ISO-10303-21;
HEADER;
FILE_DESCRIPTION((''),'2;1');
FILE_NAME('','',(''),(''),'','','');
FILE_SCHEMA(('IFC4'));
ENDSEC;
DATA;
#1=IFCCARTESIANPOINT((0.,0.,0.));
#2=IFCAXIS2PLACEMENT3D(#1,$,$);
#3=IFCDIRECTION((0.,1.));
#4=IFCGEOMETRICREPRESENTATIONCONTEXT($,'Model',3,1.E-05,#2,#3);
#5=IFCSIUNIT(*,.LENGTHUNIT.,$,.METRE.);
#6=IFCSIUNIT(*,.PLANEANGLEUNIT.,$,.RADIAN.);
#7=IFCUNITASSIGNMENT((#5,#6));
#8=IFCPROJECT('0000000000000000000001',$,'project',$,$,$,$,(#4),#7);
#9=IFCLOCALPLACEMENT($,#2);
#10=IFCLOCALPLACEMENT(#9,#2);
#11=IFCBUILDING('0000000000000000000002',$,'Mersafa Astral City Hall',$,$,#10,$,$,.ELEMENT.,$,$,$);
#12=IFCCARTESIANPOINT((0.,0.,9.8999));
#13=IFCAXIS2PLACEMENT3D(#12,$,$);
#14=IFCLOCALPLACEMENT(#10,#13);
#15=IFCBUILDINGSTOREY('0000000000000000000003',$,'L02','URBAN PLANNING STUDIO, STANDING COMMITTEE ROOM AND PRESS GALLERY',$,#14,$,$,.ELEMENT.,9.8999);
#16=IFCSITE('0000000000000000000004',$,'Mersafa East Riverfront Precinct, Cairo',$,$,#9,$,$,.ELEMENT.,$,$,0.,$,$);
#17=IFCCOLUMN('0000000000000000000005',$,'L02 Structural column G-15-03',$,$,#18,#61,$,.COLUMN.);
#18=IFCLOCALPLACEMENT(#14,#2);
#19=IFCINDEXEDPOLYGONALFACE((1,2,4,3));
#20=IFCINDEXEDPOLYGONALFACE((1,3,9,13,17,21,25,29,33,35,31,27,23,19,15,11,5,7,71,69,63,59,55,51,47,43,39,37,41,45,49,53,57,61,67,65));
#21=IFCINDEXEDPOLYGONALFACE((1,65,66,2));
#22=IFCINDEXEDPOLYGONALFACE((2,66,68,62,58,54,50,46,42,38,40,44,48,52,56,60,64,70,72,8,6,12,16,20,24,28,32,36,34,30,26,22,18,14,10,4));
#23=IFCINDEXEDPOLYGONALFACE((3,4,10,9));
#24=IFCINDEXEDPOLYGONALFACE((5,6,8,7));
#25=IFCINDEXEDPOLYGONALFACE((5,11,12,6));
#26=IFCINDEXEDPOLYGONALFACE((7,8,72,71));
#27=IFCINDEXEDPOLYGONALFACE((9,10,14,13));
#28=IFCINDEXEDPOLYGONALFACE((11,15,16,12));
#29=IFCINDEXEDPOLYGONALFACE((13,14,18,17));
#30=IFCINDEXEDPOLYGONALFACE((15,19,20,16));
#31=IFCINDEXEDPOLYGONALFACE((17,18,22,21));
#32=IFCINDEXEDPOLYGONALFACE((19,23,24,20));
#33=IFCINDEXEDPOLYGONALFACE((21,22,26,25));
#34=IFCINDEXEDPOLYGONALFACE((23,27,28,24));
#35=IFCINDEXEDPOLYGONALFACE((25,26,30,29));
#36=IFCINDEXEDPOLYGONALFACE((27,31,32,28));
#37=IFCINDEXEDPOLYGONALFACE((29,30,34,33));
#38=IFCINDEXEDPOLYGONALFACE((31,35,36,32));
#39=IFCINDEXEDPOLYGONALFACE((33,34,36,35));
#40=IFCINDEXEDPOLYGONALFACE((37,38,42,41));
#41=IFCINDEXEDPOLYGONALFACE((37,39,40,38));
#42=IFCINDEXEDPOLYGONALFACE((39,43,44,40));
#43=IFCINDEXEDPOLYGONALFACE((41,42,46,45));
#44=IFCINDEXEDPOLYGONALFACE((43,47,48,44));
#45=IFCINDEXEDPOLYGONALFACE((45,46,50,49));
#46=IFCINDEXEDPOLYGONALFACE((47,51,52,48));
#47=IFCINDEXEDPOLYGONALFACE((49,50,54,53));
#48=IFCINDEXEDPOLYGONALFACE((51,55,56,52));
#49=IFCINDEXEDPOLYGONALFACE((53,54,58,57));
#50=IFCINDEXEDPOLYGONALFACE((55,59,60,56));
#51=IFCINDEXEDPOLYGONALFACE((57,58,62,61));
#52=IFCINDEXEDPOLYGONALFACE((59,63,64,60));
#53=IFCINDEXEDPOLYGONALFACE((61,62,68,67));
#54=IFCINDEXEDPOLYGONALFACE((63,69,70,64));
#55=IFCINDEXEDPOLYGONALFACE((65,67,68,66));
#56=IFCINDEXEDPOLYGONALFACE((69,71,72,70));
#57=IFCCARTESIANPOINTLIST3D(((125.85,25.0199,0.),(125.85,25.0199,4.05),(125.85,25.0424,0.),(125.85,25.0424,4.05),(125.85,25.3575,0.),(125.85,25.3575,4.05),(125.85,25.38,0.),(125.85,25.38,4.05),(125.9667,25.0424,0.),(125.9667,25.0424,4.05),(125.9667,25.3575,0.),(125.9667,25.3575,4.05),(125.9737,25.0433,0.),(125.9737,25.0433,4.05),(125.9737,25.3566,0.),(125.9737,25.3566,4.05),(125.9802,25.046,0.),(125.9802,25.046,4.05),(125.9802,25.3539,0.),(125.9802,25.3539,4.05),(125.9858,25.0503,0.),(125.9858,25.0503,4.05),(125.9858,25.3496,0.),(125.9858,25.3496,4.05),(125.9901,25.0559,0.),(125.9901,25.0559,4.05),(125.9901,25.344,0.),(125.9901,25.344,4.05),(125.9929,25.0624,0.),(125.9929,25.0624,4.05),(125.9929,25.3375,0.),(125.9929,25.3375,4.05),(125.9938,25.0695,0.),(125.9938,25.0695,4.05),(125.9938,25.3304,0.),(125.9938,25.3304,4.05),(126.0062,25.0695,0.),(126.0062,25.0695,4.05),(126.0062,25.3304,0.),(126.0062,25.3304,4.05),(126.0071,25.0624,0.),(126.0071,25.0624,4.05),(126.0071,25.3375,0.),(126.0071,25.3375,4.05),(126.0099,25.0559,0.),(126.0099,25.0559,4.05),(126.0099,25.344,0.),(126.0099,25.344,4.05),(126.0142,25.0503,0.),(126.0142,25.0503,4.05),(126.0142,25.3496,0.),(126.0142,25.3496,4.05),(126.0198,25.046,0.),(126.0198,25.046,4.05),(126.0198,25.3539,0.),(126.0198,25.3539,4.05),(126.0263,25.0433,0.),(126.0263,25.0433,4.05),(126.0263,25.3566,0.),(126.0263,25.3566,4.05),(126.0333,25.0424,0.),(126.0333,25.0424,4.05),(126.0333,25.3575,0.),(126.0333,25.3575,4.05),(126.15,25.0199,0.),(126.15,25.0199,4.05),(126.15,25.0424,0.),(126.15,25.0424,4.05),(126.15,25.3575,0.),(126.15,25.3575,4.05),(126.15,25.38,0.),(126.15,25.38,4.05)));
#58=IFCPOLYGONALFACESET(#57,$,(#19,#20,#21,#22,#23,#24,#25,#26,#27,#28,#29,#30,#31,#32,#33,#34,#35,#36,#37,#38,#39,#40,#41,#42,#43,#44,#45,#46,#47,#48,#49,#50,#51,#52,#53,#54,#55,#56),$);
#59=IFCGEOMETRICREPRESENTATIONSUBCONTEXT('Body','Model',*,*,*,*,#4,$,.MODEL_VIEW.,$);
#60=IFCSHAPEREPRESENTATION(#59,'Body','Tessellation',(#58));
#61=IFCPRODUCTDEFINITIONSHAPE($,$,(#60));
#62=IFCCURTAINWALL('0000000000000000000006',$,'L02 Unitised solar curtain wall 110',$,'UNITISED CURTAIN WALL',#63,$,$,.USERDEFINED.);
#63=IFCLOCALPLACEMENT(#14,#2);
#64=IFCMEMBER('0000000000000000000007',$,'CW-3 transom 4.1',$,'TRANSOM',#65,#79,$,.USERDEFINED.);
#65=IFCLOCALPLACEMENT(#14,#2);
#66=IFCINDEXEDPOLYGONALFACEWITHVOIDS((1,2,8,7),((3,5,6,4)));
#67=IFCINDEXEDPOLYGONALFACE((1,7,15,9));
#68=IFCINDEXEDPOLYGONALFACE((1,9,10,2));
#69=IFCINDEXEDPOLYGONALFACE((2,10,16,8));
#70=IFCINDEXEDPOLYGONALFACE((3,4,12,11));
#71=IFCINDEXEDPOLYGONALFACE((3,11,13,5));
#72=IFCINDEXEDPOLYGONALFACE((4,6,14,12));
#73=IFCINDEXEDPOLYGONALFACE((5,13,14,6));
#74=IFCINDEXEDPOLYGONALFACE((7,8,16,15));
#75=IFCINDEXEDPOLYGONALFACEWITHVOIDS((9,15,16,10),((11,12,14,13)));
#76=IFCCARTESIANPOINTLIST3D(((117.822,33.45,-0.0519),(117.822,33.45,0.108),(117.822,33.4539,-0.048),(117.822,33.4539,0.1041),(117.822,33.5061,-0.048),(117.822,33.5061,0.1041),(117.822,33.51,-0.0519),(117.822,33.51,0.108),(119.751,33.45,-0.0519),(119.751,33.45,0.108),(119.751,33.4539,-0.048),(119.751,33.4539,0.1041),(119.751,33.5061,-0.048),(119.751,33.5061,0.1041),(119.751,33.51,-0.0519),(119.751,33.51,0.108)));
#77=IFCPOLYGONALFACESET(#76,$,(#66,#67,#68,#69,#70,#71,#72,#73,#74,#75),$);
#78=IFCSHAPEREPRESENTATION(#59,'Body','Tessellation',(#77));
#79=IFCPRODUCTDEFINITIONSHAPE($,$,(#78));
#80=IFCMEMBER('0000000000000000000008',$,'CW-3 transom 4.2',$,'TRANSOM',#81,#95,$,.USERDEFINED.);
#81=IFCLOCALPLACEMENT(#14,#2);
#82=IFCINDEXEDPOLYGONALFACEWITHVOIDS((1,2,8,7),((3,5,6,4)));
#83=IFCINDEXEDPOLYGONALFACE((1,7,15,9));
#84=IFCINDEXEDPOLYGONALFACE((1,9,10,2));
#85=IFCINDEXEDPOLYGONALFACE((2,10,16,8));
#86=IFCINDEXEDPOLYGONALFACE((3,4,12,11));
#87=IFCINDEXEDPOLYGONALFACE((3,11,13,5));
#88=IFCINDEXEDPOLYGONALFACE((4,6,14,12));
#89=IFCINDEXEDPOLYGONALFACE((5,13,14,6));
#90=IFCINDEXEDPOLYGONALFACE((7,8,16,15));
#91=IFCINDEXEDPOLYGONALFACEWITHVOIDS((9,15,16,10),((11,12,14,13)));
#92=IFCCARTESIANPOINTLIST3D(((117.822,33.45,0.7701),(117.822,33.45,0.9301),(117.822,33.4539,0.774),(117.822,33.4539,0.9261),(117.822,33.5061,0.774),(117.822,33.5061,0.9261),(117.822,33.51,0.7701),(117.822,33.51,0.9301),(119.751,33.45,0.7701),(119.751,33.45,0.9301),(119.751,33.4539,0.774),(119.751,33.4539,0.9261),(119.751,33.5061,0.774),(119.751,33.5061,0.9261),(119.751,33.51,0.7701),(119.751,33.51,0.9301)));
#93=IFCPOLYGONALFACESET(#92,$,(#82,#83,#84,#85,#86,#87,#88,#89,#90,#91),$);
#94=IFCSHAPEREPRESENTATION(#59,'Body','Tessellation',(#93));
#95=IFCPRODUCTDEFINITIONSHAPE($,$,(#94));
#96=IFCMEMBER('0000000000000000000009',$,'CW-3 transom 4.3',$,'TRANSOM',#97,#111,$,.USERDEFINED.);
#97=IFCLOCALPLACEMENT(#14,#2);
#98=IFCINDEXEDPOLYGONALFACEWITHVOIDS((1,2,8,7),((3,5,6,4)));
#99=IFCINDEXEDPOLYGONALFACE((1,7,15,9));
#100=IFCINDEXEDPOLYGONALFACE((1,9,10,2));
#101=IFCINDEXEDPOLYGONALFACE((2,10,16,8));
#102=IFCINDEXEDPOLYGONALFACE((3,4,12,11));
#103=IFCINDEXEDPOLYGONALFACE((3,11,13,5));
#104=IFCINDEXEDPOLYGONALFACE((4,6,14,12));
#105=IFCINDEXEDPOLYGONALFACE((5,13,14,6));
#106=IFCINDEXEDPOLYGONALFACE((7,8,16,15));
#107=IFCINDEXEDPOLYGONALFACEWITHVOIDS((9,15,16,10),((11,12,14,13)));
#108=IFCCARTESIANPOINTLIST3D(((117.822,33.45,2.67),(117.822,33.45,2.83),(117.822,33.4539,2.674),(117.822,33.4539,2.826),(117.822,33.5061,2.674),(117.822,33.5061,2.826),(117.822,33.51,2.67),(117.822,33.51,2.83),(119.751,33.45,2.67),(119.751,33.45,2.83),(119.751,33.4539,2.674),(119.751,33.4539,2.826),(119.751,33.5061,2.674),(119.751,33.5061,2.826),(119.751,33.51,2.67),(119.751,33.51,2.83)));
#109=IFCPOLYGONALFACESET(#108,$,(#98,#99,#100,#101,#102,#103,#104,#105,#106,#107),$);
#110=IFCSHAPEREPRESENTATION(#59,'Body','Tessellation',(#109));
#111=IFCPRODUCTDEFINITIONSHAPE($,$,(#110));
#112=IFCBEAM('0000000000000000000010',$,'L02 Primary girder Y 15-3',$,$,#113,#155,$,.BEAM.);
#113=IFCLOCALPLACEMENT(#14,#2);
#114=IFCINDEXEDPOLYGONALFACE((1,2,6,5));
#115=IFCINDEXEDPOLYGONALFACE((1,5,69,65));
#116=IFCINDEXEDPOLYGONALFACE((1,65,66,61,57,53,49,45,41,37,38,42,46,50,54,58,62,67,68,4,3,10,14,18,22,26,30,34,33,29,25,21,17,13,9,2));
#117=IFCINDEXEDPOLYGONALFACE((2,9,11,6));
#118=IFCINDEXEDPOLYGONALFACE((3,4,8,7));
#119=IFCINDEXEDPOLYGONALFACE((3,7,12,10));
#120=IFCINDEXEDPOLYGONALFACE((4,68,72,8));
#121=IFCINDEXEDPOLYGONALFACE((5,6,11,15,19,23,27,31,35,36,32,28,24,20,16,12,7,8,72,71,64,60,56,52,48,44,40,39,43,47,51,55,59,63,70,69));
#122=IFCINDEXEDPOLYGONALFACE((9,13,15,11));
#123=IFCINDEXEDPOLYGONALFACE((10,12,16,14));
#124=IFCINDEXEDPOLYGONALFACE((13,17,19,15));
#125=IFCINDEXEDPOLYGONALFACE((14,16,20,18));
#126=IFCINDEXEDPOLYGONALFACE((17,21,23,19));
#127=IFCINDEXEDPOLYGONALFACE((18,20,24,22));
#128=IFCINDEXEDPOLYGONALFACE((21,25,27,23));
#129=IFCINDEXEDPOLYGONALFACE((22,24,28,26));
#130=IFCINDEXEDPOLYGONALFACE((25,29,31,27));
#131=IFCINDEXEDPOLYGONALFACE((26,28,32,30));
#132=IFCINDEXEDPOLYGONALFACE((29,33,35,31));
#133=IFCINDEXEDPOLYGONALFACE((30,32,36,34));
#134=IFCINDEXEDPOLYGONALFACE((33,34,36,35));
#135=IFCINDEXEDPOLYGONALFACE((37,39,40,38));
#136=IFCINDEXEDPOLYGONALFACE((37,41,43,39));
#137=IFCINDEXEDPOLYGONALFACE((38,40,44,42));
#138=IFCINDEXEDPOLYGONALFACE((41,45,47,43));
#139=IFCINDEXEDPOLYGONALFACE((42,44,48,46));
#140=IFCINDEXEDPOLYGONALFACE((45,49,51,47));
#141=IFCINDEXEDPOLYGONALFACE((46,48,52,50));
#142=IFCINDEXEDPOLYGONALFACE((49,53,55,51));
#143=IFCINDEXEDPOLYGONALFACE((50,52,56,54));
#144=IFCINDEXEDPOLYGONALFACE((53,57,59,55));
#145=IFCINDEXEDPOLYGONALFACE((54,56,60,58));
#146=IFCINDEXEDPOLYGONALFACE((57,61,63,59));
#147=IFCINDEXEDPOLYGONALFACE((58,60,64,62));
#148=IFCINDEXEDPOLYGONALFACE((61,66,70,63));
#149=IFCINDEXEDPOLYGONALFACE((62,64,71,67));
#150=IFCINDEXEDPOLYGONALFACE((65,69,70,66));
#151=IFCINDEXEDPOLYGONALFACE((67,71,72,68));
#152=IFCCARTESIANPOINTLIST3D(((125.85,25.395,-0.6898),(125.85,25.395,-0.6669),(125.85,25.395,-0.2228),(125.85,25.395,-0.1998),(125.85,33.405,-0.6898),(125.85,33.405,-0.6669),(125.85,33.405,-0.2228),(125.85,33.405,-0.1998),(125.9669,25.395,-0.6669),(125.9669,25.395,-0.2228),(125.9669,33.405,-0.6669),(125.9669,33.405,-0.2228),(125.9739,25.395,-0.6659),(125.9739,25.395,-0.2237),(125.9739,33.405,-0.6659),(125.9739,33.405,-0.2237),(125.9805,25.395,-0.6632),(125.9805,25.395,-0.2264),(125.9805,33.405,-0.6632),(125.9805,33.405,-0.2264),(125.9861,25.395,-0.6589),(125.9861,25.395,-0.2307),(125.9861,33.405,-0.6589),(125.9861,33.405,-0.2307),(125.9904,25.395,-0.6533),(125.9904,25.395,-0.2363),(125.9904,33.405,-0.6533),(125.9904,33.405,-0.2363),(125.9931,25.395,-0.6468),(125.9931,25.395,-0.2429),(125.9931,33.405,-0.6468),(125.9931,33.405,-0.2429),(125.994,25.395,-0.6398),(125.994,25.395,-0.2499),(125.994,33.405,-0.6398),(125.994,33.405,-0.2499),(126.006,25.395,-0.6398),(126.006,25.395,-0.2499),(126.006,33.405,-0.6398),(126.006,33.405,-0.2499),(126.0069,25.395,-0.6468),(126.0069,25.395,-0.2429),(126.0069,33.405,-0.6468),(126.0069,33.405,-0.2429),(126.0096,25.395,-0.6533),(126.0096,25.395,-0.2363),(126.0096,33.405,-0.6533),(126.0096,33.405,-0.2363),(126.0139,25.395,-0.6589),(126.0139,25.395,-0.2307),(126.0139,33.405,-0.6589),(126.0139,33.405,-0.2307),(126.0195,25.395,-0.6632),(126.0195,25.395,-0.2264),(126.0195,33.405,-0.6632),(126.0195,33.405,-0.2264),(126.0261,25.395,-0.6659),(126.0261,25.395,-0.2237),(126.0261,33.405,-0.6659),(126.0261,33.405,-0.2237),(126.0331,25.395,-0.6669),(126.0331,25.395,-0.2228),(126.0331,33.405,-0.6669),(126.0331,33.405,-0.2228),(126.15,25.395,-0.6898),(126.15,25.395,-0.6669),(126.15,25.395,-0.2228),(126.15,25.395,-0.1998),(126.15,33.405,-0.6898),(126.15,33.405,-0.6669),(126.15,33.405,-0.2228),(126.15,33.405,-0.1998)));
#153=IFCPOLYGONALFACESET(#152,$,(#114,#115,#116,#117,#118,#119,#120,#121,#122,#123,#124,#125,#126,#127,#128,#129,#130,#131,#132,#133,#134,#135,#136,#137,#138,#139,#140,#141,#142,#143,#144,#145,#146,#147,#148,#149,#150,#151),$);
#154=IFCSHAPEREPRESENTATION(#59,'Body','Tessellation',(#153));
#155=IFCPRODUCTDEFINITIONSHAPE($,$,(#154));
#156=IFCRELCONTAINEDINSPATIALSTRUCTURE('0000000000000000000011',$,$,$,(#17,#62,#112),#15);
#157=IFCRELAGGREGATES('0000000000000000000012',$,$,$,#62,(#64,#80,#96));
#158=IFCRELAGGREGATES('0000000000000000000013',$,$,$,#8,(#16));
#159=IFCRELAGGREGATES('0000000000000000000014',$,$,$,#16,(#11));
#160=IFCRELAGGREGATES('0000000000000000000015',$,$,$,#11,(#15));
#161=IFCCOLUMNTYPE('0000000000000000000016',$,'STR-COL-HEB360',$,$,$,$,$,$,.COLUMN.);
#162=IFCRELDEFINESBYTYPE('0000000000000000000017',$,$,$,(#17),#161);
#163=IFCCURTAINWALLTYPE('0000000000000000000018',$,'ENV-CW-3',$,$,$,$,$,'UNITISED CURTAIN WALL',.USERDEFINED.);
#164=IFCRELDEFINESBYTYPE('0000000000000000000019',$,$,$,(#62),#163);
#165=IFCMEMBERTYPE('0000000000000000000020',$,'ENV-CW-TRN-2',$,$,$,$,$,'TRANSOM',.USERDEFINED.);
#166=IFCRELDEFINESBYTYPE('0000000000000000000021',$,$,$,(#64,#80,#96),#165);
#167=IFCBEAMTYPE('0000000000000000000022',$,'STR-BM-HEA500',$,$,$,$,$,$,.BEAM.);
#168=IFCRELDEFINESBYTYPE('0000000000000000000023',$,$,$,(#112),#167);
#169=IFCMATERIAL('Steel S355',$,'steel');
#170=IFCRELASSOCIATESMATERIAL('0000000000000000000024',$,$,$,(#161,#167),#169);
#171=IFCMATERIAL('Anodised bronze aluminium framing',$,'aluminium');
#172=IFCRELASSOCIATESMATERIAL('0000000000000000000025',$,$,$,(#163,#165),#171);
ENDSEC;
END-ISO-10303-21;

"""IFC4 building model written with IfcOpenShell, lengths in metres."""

from ifc_helpers import new_model, si_unit, direction, frame, origin, origin_2d, place, context, subcontext, project, spatial, hollow_rectangle, i_section, extrude, material, material_profile, profile_set, type_object, element, aggregate, save


model = new_model("IFC4")

# Units and contexts
model_context = context("Model", 3, precision=1e-05, world=origin(), true_north=direction((0.0, 1.0)))
body_context = subcontext(model_context, "Body", "Model", "MODEL_VIEW")
ifc_project = project(units=[si_unit("LENGTHUNIT", "METRE"), si_unit("PLANEANGLEUNIT", "RADIAN")], contexts=[model_context])

# Site, building, storey
site_placement = place(None, origin())
site = spatial("IfcSite", under=ifc_project, at=site_placement, Name="Mersafa East Riverfront Precinct, Cairo", CompositionType="ELEMENT", RefElevation=0.0)
building_placement = place(site_placement, origin())
building = spatial("IfcBuilding", under=site, at=building_placement, Name="Mersafa Astral City Hall", CompositionType="ELEMENT")
storey_placement = place(building_placement, frame((0.0, 0.0, 9.8999)))
storey = spatial("IfcBuildingStorey", under=building, at=storey_placement, Name="L02", Description="URBAN PLANNING STUDIO, STANDING COMMITTEE ROOM AND PRESS GALLERY", CompositionType="ELEMENT", Elevation=9.8999)

# Column
ifc_material_1 = material(Name="Steel S355", Category="steel")
ifc_material_profile_1 = material_profile(ifc_material_1, i_section(OverallWidth=0.3, OverallDepth=0.3601, WebThickness=0.0125, FlangeThickness=0.0225, FilletRadius=0.0271, at=origin_2d()), Name="HEB 360")
ifc_profile_set_1 = profile_set([ifc_material_profile_1], Name="Steel S355")
column_type = type_object("IfcColumnType", Name="STR-COL-HEB360", PredefinedType="COLUMN", material=ifc_profile_set_1)
column_placement = place(storey_placement, frame((126.0, 25.2, 0.0), z_axis=(0.0, 0.0, 1.0), x_axis=(1.0, 0.0, 0.0)))
element("IfcColumn", 1, at=column_placement, inside=storey, type_object=column_type, Name="L02 Structural column G-15-03", PredefinedType="COLUMN", context=body_context, shape_type="SweptSolid", body=[
    extrude(i_section(OverallWidth=0.3, OverallDepth=0.3601, WebThickness=0.0125, FlangeThickness=0.0225, FilletRadius=0.0271, at=origin_2d()), origin(), (0.0, 0.0, 1.0), 4.05),
])

# Curtain wall, members
ifc_material_2 = material(Name="Anodised bronze aluminium framing", Category="aluminium")
curtain_wall_type = type_object("IfcCurtainWallType", Name="ENV-CW-3", ElementType="UNITISED CURTAIN WALL", PredefinedType="USERDEFINED", material=ifc_material_2)
curtain_wall_placement = place(storey_placement, origin())
curtain_wall = element("IfcCurtainWall", 2, at=curtain_wall_placement, inside=storey, type_object=curtain_wall_type, Name="L02 Unitised solar curtain wall 110", ObjectType="UNITISED CURTAIN WALL", PredefinedType="USERDEFINED")
ifc_material_profile_2 = material_profile(ifc_material_2, hollow_rectangle(XDim=0.0601, YDim=0.1599, WallThickness=0.0039, at=origin_2d()), Name="RHS 60x160x4")
ifc_profile_set_2 = profile_set([ifc_material_profile_2], Name="Anodised bronze aluminium framing")
member_type = type_object("IfcMemberType", Name="ENV-CW-TRN-2", ElementType="TRANSOM", PredefinedType="USERDEFINED", material=ifc_profile_set_2)
member_1_placement = place(storey_placement, frame((119.751, 33.48, 0.0281), z_axis=(-1.0, 0.0, 0.0), x_axis=(0.0, -1.0, 0.0)))
member_1 = element("IfcMember", 3, at=member_1_placement, type_object=member_type, Name="CW-3 transom 4.1", ObjectType="TRANSOM", PredefinedType="USERDEFINED", context=body_context, shape_type="SweptSolid", body=[
    extrude(hollow_rectangle(XDim=0.0601, YDim=0.1599, WallThickness=0.0039, at=origin_2d()), origin(), (0.0, 0.0, 1.0), 1.929),
])
member_2_placement = place(storey_placement, frame((119.751, 33.48, 0.8501), z_axis=(-1.0, 0.0, 0.0), x_axis=(0.0, -1.0, 0.0)))
member_2 = element("IfcMember", 4, at=member_2_placement, type_object=member_type, Name="CW-3 transom 4.2", ObjectType="TRANSOM", PredefinedType="USERDEFINED", context=body_context, shape_type="SweptSolid", body=[
    extrude(hollow_rectangle(XDim=0.0601, YDim=0.1599, WallThickness=0.0039, at=origin_2d()), origin(), (0.0, 0.0, 1.0), 1.929),
])
member_3_placement = place(storey_placement, frame((119.751, 33.48, 2.75), z_axis=(-1.0, 0.0, 0.0), x_axis=(0.0, -1.0, 0.0)))
member_3 = element("IfcMember", 5, at=member_3_placement, type_object=member_type, Name="CW-3 transom 4.3", ObjectType="TRANSOM", PredefinedType="USERDEFINED", context=body_context, shape_type="SweptSolid", body=[
    extrude(hollow_rectangle(XDim=0.0601, YDim=0.1599, WallThickness=0.0039, at=origin_2d()), origin(), (0.0, 0.0, 1.0), 1.929),
])

# Beam
ifc_material_profile_3 = material_profile(ifc_material_1, i_section(OverallWidth=0.3, OverallDepth=0.49, WebThickness=0.012, FlangeThickness=0.0229, FilletRadius=0.0271, at=origin_2d()), Name="HEA 500")
ifc_profile_set_3 = profile_set([ifc_material_profile_3], Name="Steel S355")
beam_type_1 = type_object("IfcBeamType", Name="STR-BM-HEA500", PredefinedType="BEAM", material=ifc_profile_set_3)
beam_1_placement = place(storey_placement, frame((126.0, 25.395, -0.4448), z_axis=(0.0, 1.0, 0.0), x_axis=(-1.0, 0.0, 0.0)))
element("IfcBeam", 6, at=beam_1_placement, inside=storey, type_object=beam_type_1, Name="L02 Primary girder Y 15-3", PredefinedType="BEAM", context=body_context, shape_type="SweptSolid", body=[
    extrude(i_section(OverallWidth=0.3, OverallDepth=0.49, WebThickness=0.012, FlangeThickness=0.0229, FilletRadius=0.0271, at=origin_2d()), origin(), (0.0, 0.0, 1.0), 8.01),
])

aggregate(curtain_wall, [member_1, member_2, member_3])

save(model, "model.ifc")
